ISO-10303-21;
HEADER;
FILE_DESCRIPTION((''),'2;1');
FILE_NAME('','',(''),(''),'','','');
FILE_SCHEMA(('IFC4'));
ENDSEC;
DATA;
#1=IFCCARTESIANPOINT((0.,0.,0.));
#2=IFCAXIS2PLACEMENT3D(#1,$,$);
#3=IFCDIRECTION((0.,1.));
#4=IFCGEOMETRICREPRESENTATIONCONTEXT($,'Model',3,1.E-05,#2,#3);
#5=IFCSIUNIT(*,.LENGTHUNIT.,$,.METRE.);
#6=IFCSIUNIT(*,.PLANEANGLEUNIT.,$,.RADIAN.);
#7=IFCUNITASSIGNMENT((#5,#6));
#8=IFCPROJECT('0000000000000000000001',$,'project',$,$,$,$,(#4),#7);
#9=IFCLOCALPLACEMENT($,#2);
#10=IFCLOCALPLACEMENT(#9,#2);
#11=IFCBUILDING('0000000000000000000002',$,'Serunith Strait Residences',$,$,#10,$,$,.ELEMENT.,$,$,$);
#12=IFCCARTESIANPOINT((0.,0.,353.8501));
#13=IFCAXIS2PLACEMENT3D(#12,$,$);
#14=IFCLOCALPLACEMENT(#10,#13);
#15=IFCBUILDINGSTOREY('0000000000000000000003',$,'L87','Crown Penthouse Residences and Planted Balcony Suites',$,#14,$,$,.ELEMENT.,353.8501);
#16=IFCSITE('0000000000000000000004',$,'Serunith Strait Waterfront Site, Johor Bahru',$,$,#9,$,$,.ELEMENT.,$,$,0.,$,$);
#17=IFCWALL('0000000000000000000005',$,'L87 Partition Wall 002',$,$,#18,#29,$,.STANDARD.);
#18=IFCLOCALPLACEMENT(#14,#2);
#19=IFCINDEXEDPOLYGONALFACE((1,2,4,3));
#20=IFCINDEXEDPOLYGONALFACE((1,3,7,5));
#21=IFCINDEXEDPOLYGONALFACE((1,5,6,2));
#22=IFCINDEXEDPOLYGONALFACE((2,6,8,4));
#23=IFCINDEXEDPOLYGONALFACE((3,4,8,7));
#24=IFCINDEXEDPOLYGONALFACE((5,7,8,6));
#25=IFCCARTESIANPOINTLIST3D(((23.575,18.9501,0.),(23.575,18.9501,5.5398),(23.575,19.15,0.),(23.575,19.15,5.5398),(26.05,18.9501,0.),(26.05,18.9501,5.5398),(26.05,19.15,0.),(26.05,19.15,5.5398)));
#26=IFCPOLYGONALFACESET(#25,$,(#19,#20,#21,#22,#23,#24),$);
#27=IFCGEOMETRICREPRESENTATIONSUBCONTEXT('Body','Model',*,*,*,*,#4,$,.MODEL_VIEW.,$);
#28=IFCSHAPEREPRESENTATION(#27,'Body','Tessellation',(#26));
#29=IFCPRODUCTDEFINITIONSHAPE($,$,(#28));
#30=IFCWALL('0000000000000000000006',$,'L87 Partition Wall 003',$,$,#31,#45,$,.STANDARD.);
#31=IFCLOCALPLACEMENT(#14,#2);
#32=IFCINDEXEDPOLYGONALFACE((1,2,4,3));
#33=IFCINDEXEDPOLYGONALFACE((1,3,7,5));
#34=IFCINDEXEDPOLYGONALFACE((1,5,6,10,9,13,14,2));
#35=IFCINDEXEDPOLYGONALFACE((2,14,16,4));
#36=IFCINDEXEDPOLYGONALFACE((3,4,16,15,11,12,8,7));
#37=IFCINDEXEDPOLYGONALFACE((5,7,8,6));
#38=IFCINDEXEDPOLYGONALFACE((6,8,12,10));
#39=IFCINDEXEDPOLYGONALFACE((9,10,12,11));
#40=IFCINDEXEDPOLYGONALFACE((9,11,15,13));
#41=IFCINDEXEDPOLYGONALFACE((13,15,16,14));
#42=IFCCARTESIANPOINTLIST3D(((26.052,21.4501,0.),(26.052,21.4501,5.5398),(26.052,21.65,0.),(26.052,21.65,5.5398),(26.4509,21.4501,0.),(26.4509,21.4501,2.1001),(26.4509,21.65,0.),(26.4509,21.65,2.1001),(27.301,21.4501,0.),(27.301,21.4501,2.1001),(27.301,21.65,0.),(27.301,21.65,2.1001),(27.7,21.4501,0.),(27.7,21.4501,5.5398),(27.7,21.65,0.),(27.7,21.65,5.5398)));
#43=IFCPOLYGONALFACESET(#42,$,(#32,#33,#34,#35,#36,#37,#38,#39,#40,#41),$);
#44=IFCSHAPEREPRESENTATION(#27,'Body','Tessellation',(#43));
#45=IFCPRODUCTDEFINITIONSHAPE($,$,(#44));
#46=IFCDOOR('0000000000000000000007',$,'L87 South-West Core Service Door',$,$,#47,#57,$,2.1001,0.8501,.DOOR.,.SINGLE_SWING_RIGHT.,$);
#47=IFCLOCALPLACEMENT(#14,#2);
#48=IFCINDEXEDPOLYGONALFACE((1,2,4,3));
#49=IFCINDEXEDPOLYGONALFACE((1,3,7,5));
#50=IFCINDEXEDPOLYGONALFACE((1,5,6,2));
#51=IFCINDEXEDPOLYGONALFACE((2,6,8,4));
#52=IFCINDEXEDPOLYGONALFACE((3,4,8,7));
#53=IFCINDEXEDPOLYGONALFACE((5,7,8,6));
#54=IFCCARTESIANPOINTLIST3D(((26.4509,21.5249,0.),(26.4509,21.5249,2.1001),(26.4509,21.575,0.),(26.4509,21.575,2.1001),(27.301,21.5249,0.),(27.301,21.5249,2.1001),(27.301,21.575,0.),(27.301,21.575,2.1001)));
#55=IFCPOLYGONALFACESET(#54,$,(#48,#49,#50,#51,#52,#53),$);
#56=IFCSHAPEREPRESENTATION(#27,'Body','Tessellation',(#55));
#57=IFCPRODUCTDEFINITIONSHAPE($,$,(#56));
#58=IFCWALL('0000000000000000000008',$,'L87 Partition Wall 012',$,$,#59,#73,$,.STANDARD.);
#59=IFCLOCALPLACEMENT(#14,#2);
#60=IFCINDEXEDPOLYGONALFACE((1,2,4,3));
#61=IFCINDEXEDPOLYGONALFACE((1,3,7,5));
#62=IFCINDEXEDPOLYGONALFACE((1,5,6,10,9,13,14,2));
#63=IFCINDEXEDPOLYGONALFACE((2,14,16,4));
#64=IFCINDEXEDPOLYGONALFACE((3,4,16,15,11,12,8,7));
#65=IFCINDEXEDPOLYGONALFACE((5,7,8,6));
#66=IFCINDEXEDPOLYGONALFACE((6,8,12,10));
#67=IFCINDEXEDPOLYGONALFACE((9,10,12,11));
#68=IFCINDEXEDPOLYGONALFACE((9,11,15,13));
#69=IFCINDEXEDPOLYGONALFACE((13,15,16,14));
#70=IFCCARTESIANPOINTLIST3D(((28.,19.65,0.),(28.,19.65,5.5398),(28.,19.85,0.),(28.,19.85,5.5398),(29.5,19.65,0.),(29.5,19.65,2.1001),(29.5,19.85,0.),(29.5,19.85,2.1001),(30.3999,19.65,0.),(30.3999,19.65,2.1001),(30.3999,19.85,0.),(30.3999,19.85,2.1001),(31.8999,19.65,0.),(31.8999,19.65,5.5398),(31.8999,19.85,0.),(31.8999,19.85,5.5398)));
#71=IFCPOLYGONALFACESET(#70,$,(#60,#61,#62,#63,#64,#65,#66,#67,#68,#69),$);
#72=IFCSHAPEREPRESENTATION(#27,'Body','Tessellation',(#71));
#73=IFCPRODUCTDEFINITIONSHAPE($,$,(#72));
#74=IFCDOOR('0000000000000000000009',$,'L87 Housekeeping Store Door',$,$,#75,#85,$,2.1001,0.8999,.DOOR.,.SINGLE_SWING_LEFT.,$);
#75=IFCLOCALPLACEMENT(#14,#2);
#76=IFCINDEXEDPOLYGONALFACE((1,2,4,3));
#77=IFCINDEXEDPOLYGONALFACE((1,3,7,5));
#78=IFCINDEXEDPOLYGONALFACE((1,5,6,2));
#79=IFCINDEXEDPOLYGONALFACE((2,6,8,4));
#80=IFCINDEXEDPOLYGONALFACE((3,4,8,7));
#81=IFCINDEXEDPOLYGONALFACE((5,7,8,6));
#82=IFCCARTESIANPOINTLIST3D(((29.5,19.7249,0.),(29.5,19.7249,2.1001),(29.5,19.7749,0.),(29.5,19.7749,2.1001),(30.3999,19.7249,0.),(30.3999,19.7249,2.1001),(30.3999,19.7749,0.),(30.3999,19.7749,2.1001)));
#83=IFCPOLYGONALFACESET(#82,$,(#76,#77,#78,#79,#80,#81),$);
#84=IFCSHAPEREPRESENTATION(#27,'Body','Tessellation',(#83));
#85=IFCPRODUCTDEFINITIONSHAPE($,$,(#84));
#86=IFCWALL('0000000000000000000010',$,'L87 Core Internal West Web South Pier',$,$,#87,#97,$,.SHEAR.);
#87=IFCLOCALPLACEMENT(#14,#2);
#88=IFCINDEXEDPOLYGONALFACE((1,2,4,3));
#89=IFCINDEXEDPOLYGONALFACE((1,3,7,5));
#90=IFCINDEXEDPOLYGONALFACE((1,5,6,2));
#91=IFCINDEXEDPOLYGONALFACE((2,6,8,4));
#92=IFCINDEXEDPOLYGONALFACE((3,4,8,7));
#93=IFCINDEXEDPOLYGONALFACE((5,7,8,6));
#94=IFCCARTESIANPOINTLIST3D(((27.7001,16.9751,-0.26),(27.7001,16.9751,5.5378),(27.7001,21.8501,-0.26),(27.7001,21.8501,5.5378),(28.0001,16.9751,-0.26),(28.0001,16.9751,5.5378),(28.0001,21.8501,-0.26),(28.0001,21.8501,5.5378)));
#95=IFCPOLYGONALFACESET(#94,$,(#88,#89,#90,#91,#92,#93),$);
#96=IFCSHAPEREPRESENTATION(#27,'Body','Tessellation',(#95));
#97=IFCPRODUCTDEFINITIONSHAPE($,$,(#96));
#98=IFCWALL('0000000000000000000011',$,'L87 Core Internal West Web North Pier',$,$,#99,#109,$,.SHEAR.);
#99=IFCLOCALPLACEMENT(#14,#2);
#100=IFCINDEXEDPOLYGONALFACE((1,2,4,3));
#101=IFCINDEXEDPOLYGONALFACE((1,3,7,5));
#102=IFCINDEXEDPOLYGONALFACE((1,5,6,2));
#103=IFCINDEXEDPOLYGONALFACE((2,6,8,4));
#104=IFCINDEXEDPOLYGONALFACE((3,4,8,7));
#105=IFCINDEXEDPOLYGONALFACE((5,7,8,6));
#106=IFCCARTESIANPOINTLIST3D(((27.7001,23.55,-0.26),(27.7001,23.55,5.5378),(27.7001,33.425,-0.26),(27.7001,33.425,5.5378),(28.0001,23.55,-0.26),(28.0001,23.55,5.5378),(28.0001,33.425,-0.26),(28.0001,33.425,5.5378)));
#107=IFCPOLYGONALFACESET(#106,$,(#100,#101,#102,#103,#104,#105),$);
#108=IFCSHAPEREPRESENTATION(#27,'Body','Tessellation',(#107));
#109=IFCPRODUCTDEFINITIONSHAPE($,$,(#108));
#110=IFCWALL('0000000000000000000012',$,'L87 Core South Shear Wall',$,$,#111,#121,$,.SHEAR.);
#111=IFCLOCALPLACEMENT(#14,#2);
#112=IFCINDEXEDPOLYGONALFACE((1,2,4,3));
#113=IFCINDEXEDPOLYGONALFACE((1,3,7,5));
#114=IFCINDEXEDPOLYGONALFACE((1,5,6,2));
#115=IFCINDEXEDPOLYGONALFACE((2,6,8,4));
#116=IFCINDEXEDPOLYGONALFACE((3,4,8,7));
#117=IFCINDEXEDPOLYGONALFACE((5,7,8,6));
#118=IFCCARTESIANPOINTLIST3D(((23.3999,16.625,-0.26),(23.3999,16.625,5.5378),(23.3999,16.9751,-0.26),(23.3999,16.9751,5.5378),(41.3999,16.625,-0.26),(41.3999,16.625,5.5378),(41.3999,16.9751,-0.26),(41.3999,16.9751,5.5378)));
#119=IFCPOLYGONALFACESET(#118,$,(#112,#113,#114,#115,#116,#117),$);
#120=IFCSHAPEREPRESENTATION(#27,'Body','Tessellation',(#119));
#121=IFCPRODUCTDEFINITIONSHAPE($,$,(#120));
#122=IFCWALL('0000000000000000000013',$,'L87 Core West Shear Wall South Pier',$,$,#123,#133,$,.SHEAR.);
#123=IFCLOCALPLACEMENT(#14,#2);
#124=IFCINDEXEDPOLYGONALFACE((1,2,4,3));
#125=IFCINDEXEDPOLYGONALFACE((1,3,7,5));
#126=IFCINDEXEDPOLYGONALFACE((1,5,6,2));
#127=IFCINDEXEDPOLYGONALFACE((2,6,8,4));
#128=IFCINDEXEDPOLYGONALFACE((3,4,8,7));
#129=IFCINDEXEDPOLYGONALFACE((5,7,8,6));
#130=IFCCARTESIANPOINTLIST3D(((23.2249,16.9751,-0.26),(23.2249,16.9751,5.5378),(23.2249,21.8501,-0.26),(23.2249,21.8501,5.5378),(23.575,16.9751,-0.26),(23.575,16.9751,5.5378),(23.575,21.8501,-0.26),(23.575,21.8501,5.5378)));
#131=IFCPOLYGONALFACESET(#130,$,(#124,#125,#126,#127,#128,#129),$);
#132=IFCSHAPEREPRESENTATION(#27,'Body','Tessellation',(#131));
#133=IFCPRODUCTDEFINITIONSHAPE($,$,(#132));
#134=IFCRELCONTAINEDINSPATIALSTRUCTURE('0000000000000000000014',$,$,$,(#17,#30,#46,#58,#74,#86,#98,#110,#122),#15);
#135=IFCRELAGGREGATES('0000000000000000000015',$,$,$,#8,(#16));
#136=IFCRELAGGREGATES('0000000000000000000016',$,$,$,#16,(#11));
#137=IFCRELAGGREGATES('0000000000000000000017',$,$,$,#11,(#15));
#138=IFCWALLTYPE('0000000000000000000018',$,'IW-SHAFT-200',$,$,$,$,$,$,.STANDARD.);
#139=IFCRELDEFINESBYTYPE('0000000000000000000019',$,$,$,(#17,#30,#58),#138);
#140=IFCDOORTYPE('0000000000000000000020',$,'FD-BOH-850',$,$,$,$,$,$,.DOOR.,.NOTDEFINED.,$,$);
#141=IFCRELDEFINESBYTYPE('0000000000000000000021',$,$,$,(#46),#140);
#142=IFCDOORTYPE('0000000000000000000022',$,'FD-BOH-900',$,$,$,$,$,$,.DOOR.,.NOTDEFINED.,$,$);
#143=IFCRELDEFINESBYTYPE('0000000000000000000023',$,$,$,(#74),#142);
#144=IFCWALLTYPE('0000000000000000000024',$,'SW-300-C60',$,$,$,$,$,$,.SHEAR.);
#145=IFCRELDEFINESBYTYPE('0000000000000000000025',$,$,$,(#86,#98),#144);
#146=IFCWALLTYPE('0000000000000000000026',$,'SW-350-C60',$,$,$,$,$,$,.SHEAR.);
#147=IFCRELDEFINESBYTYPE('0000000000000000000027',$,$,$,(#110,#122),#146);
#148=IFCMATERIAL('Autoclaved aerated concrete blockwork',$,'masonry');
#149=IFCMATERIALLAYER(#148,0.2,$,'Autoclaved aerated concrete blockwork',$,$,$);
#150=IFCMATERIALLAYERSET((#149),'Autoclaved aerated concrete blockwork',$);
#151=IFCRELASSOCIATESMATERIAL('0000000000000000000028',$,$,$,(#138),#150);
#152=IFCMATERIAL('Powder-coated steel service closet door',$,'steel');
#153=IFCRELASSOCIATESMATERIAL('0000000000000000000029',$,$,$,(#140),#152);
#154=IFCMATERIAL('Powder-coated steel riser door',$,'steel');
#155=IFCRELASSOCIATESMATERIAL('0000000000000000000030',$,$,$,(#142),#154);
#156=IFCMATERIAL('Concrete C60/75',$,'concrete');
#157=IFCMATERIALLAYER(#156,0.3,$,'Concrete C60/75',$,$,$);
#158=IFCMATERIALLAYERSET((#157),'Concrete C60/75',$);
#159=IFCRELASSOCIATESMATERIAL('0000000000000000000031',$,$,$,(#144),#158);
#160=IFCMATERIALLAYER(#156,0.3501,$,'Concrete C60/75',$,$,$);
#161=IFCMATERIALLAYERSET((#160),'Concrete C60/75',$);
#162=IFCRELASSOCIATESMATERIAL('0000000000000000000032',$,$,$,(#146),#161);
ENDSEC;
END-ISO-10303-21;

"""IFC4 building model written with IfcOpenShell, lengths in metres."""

from ifc_helpers import new_model, si_unit, direction, frame, frame_2d, origin, place, context, subcontext, project, spatial, rectangle, extrude, source, transform, mapped, material, layer, layer_set, type_object, element, fill, save


model = new_model("IFC4")

# Units and contexts
model_context = context("Model", 3, precision=1e-05, world=origin(), true_north=direction((0.0, 1.0)))
body_context = subcontext(model_context, "Body", "Model", "MODEL_VIEW")
ifc_project = project(units=[si_unit("LENGTHUNIT", "METRE"), si_unit("PLANEANGLEUNIT", "RADIAN")], contexts=[model_context])

# Site, building, storey
site_placement = place(None, origin())
site = spatial("IfcSite", under=ifc_project, at=site_placement, Name="Serunith Strait Waterfront Site, Johor Bahru", CompositionType="ELEMENT", RefElevation=0.0)
building_placement = place(site_placement, origin())
building = spatial("IfcBuilding", under=site, at=building_placement, Name="Serunith Strait Residences", CompositionType="ELEMENT")
storey_placement = place(building_placement, frame((0.0, 0.0, 353.8501)))
storey = spatial("IfcBuildingStorey", under=building, at=storey_placement, Name="L87", Description="Crown Penthouse Residences and Planted Balcony Suites", CompositionType="ELEMENT", Elevation=353.8501)

# Shared definitions
shared_shape_1 = source(origin(), body_context, "Body", "SweptSolid", [
    extrude(rectangle(XDim=0.8999, YDim=2.1001, at=frame_2d((0.45, 1.05))), frame((0.0, 0.0249, 0.0), z_axis=(0.0, -1.0, 0.0), x_axis=(1.0, 0.0, 0.0)), (0.0, 0.0, 1.0), 0.05),
])

# Shared definitions
shared_shape_2 = source(origin(), body_context, "Body", "SweptSolid", [
    extrude(rectangle(XDim=0.8501, YDim=2.1001, at=frame_2d((0.425, 1.05))), frame((0.0, 0.0249, 0.0), z_axis=(0.0, -1.0, 0.0), x_axis=(1.0, 0.0, 0.0)), (0.0, 0.0, 1.0), 0.05),
])
ifc_material_1 = material(Name="Autoclaved aerated concrete blockwork", Category="masonry")
ifc_layer_1 = layer(ifc_material_1, 0.2, Name="Autoclaved aerated concrete blockwork")
ifc_layer_set_1 = layer_set([ifc_layer_1], Name="Autoclaved aerated concrete blockwork")
wall_type_1 = type_object("IfcWallType", Name="IW-SHAFT-200", PredefinedType="STANDARD", material=ifc_layer_set_1)

# Wall
wall_1_placement = place(storey_placement, frame((23.575, 19.05, 0.0), z_axis=(0.0, 0.0, 1.0), x_axis=(1.0, 0.0, 0.0)))
element("IfcWall", 1, at=wall_1_placement, inside=storey, type_object=wall_type_1, Name="L87 Partition Wall 002", PredefinedType="STANDARD", context=body_context, shape_type="SweptSolid", body=[
    extrude(rectangle(XDim=2.4751, YDim=0.2, at=frame_2d((1.2375, 0.0))), origin(), (0.0, 0.0, 1.0), 5.5398),
])

# Walls, openings, doors
wall_2_placement = place(storey_placement, frame((26.052, 21.55, 0.0), z_axis=(0.0, 0.0, 1.0), x_axis=(1.0, 0.0, 0.0)))
wall_2 = element("IfcWall", 2, at=wall_2_placement, inside=storey, type_object=wall_type_1, Name="L87 Partition Wall 003", PredefinedType="STANDARD", context=body_context, shape_type="SweptSolid", body=[
    extrude(rectangle(XDim=1.6479, YDim=0.2, at=frame_2d((0.824, 0.0))), origin(), (0.0, 0.0, 1.0), 5.5398),
])
opening_1_placement = place(wall_2_placement, frame((0.3989, 0.0, 0.0)))
opening_1 = element("IfcOpeningElement", 3, at=opening_1_placement, cuts=wall_2, PredefinedType="OPENING", context=body_context, shape_type="SweptSolid", body=[
    extrude(rectangle(XDim=0.8501, YDim=2.1001, at=frame_2d((0.425, 1.05))), frame((0.0, 0.1099, 0.0), z_axis=(0.0, -1.0, 0.0), x_axis=(1.0, 0.0, 0.0)), (0.0, 0.0, 1.0), 0.22),
])
ifc_material_2 = material(Name="Powder-coated steel service closet door", Category="steel")
door_type_1 = type_object("IfcDoorType", Name="FD-BOH-850", OperationType="NOTDEFINED", PredefinedType="DOOR", material=ifc_material_2)
door_1_placement = place(opening_1_placement, origin())
door_1 = element("IfcDoor", 4, at=door_1_placement, inside=storey, type_object=door_type_1, Name="L87 South-West Core Service Door", OperationType="SINGLE_SWING_RIGHT", OverallHeight=2.1001, OverallWidth=0.8501, PredefinedType="DOOR", context=body_context, shape_type="MappedRepresentation", body=[
    mapped(shared_shape_2, transform((0.0, 0.0, 0.0), scale=1.0)),
])
fill(opening_1, door_1)
wall_3_placement = place(storey_placement, frame((28.0, 19.75, 0.0), z_axis=(0.0, 0.0, 1.0), x_axis=(1.0, 0.0, 0.0)))
wall_3 = element("IfcWall", 5, at=wall_3_placement, inside=storey, type_object=wall_type_1, Name="L87 Partition Wall 012", PredefinedType="STANDARD", context=body_context, shape_type="SweptSolid", body=[
    extrude(rectangle(XDim=3.8999, YDim=0.2, at=frame_2d((1.95, 0.0))), origin(), (0.0, 0.0, 1.0), 5.5398),
])
opening_2_placement = place(wall_3_placement, frame((1.5, 0.0, 0.0)))
opening_2 = element("IfcOpeningElement", 6, at=opening_2_placement, cuts=wall_3, PredefinedType="OPENING", context=body_context, shape_type="SweptSolid", body=[
    extrude(rectangle(XDim=0.8999, YDim=2.1001, at=frame_2d((0.45, 1.05))), frame((0.0, 0.1099, 0.0), z_axis=(0.0, -1.0, 0.0), x_axis=(1.0, 0.0, 0.0)), (0.0, 0.0, 1.0), 0.22),
])
ifc_material_3 = material(Name="Powder-coated steel riser door", Category="steel")
door_type_2 = type_object("IfcDoorType", Name="FD-BOH-900", OperationType="NOTDEFINED", PredefinedType="DOOR", material=ifc_material_3)
door_2_placement = place(opening_2_placement, origin())
door_2 = element("IfcDoor", 7, at=door_2_placement, inside=storey, type_object=door_type_2, Name="L87 Housekeeping Store Door", OperationType="SINGLE_SWING_LEFT", OverallHeight=2.1001, OverallWidth=0.8999, PredefinedType="DOOR", context=body_context, shape_type="MappedRepresentation", body=[
    mapped(shared_shape_1, transform((0.0, 0.0, 0.0), scale=1.0)),
])
fill(opening_2, door_2)

# Walls
ifc_material_4 = material(Name="Concrete C60/75", Category="concrete")
ifc_layer_2 = layer(ifc_material_4, 0.3, Name="Concrete C60/75")
ifc_layer_set_2 = layer_set([ifc_layer_2], Name="Concrete C60/75")
wall_type_2 = type_object("IfcWallType", Name="SW-300-C60", PredefinedType="SHEAR", material=ifc_layer_set_2)
wall_4_placement = place(storey_placement, frame((27.8501, 16.9751, -0.26), z_axis=(0.0, 0.0, 1.0), x_axis=(0.0, 1.0, 0.0)))
element("IfcWall", 8, at=wall_4_placement, inside=storey, type_object=wall_type_2, Name="L87 Core Internal West Web South Pier", PredefinedType="SHEAR", context=body_context, shape_type="SweptSolid", body=[
    extrude(rectangle(XDim=4.875, YDim=0.3, at=frame_2d((2.4375, 0.0))), origin(), (0.0, 0.0, 1.0), 5.7979),
])
wall_5_placement = place(storey_placement, frame((27.8501, 23.55, -0.26), z_axis=(0.0, 0.0, 1.0), x_axis=(0.0, 1.0, 0.0)))
element("IfcWall", 9, at=wall_5_placement, inside=storey, type_object=wall_type_2, Name="L87 Core Internal West Web North Pier", PredefinedType="SHEAR", context=body_context, shape_type="SweptSolid", body=[
    extrude(rectangle(XDim=9.875, YDim=0.3, at=frame_2d((4.9375, 0.0))), origin(), (0.0, 0.0, 1.0), 5.7979),
])
ifc_layer_3 = layer(ifc_material_4, 0.3501, Name="Concrete C60/75")
ifc_layer_set_3 = layer_set([ifc_layer_3], Name="Concrete C60/75")
wall_type_3 = type_object("IfcWallType", Name="SW-350-C60", PredefinedType="SHEAR", material=ifc_layer_set_3)
wall_6_placement = place(storey_placement, frame((23.3999, 16.8, -0.26), z_axis=(0.0, 0.0, 1.0), x_axis=(1.0, 0.0, 0.0)))
element("IfcWall", 10, at=wall_6_placement, inside=storey, type_object=wall_type_3, Name="L87 Core South Shear Wall", PredefinedType="SHEAR", context=body_context, shape_type="SweptSolid", body=[
    extrude(rectangle(XDim=18.0, YDim=0.3501, at=frame_2d((9.0, 0.0))), origin(), (0.0, 0.0, 1.0), 5.7979),
])
wall_7_placement = place(storey_placement, frame((23.3999, 16.9751, -0.26), z_axis=(0.0, 0.0, 1.0), x_axis=(0.0, 1.0, 0.0)))
element("IfcWall", 11, at=wall_7_placement, inside=storey, type_object=wall_type_3, Name="L87 Core West Shear Wall South Pier", PredefinedType="SHEAR", context=body_context, shape_type="SweptSolid", body=[
    extrude(rectangle(XDim=4.875, YDim=0.3501, at=frame_2d((2.4375, 0.0))), origin(), (0.0, 0.0, 1.0), 5.7979),
])

save(model, "model.ifc")
